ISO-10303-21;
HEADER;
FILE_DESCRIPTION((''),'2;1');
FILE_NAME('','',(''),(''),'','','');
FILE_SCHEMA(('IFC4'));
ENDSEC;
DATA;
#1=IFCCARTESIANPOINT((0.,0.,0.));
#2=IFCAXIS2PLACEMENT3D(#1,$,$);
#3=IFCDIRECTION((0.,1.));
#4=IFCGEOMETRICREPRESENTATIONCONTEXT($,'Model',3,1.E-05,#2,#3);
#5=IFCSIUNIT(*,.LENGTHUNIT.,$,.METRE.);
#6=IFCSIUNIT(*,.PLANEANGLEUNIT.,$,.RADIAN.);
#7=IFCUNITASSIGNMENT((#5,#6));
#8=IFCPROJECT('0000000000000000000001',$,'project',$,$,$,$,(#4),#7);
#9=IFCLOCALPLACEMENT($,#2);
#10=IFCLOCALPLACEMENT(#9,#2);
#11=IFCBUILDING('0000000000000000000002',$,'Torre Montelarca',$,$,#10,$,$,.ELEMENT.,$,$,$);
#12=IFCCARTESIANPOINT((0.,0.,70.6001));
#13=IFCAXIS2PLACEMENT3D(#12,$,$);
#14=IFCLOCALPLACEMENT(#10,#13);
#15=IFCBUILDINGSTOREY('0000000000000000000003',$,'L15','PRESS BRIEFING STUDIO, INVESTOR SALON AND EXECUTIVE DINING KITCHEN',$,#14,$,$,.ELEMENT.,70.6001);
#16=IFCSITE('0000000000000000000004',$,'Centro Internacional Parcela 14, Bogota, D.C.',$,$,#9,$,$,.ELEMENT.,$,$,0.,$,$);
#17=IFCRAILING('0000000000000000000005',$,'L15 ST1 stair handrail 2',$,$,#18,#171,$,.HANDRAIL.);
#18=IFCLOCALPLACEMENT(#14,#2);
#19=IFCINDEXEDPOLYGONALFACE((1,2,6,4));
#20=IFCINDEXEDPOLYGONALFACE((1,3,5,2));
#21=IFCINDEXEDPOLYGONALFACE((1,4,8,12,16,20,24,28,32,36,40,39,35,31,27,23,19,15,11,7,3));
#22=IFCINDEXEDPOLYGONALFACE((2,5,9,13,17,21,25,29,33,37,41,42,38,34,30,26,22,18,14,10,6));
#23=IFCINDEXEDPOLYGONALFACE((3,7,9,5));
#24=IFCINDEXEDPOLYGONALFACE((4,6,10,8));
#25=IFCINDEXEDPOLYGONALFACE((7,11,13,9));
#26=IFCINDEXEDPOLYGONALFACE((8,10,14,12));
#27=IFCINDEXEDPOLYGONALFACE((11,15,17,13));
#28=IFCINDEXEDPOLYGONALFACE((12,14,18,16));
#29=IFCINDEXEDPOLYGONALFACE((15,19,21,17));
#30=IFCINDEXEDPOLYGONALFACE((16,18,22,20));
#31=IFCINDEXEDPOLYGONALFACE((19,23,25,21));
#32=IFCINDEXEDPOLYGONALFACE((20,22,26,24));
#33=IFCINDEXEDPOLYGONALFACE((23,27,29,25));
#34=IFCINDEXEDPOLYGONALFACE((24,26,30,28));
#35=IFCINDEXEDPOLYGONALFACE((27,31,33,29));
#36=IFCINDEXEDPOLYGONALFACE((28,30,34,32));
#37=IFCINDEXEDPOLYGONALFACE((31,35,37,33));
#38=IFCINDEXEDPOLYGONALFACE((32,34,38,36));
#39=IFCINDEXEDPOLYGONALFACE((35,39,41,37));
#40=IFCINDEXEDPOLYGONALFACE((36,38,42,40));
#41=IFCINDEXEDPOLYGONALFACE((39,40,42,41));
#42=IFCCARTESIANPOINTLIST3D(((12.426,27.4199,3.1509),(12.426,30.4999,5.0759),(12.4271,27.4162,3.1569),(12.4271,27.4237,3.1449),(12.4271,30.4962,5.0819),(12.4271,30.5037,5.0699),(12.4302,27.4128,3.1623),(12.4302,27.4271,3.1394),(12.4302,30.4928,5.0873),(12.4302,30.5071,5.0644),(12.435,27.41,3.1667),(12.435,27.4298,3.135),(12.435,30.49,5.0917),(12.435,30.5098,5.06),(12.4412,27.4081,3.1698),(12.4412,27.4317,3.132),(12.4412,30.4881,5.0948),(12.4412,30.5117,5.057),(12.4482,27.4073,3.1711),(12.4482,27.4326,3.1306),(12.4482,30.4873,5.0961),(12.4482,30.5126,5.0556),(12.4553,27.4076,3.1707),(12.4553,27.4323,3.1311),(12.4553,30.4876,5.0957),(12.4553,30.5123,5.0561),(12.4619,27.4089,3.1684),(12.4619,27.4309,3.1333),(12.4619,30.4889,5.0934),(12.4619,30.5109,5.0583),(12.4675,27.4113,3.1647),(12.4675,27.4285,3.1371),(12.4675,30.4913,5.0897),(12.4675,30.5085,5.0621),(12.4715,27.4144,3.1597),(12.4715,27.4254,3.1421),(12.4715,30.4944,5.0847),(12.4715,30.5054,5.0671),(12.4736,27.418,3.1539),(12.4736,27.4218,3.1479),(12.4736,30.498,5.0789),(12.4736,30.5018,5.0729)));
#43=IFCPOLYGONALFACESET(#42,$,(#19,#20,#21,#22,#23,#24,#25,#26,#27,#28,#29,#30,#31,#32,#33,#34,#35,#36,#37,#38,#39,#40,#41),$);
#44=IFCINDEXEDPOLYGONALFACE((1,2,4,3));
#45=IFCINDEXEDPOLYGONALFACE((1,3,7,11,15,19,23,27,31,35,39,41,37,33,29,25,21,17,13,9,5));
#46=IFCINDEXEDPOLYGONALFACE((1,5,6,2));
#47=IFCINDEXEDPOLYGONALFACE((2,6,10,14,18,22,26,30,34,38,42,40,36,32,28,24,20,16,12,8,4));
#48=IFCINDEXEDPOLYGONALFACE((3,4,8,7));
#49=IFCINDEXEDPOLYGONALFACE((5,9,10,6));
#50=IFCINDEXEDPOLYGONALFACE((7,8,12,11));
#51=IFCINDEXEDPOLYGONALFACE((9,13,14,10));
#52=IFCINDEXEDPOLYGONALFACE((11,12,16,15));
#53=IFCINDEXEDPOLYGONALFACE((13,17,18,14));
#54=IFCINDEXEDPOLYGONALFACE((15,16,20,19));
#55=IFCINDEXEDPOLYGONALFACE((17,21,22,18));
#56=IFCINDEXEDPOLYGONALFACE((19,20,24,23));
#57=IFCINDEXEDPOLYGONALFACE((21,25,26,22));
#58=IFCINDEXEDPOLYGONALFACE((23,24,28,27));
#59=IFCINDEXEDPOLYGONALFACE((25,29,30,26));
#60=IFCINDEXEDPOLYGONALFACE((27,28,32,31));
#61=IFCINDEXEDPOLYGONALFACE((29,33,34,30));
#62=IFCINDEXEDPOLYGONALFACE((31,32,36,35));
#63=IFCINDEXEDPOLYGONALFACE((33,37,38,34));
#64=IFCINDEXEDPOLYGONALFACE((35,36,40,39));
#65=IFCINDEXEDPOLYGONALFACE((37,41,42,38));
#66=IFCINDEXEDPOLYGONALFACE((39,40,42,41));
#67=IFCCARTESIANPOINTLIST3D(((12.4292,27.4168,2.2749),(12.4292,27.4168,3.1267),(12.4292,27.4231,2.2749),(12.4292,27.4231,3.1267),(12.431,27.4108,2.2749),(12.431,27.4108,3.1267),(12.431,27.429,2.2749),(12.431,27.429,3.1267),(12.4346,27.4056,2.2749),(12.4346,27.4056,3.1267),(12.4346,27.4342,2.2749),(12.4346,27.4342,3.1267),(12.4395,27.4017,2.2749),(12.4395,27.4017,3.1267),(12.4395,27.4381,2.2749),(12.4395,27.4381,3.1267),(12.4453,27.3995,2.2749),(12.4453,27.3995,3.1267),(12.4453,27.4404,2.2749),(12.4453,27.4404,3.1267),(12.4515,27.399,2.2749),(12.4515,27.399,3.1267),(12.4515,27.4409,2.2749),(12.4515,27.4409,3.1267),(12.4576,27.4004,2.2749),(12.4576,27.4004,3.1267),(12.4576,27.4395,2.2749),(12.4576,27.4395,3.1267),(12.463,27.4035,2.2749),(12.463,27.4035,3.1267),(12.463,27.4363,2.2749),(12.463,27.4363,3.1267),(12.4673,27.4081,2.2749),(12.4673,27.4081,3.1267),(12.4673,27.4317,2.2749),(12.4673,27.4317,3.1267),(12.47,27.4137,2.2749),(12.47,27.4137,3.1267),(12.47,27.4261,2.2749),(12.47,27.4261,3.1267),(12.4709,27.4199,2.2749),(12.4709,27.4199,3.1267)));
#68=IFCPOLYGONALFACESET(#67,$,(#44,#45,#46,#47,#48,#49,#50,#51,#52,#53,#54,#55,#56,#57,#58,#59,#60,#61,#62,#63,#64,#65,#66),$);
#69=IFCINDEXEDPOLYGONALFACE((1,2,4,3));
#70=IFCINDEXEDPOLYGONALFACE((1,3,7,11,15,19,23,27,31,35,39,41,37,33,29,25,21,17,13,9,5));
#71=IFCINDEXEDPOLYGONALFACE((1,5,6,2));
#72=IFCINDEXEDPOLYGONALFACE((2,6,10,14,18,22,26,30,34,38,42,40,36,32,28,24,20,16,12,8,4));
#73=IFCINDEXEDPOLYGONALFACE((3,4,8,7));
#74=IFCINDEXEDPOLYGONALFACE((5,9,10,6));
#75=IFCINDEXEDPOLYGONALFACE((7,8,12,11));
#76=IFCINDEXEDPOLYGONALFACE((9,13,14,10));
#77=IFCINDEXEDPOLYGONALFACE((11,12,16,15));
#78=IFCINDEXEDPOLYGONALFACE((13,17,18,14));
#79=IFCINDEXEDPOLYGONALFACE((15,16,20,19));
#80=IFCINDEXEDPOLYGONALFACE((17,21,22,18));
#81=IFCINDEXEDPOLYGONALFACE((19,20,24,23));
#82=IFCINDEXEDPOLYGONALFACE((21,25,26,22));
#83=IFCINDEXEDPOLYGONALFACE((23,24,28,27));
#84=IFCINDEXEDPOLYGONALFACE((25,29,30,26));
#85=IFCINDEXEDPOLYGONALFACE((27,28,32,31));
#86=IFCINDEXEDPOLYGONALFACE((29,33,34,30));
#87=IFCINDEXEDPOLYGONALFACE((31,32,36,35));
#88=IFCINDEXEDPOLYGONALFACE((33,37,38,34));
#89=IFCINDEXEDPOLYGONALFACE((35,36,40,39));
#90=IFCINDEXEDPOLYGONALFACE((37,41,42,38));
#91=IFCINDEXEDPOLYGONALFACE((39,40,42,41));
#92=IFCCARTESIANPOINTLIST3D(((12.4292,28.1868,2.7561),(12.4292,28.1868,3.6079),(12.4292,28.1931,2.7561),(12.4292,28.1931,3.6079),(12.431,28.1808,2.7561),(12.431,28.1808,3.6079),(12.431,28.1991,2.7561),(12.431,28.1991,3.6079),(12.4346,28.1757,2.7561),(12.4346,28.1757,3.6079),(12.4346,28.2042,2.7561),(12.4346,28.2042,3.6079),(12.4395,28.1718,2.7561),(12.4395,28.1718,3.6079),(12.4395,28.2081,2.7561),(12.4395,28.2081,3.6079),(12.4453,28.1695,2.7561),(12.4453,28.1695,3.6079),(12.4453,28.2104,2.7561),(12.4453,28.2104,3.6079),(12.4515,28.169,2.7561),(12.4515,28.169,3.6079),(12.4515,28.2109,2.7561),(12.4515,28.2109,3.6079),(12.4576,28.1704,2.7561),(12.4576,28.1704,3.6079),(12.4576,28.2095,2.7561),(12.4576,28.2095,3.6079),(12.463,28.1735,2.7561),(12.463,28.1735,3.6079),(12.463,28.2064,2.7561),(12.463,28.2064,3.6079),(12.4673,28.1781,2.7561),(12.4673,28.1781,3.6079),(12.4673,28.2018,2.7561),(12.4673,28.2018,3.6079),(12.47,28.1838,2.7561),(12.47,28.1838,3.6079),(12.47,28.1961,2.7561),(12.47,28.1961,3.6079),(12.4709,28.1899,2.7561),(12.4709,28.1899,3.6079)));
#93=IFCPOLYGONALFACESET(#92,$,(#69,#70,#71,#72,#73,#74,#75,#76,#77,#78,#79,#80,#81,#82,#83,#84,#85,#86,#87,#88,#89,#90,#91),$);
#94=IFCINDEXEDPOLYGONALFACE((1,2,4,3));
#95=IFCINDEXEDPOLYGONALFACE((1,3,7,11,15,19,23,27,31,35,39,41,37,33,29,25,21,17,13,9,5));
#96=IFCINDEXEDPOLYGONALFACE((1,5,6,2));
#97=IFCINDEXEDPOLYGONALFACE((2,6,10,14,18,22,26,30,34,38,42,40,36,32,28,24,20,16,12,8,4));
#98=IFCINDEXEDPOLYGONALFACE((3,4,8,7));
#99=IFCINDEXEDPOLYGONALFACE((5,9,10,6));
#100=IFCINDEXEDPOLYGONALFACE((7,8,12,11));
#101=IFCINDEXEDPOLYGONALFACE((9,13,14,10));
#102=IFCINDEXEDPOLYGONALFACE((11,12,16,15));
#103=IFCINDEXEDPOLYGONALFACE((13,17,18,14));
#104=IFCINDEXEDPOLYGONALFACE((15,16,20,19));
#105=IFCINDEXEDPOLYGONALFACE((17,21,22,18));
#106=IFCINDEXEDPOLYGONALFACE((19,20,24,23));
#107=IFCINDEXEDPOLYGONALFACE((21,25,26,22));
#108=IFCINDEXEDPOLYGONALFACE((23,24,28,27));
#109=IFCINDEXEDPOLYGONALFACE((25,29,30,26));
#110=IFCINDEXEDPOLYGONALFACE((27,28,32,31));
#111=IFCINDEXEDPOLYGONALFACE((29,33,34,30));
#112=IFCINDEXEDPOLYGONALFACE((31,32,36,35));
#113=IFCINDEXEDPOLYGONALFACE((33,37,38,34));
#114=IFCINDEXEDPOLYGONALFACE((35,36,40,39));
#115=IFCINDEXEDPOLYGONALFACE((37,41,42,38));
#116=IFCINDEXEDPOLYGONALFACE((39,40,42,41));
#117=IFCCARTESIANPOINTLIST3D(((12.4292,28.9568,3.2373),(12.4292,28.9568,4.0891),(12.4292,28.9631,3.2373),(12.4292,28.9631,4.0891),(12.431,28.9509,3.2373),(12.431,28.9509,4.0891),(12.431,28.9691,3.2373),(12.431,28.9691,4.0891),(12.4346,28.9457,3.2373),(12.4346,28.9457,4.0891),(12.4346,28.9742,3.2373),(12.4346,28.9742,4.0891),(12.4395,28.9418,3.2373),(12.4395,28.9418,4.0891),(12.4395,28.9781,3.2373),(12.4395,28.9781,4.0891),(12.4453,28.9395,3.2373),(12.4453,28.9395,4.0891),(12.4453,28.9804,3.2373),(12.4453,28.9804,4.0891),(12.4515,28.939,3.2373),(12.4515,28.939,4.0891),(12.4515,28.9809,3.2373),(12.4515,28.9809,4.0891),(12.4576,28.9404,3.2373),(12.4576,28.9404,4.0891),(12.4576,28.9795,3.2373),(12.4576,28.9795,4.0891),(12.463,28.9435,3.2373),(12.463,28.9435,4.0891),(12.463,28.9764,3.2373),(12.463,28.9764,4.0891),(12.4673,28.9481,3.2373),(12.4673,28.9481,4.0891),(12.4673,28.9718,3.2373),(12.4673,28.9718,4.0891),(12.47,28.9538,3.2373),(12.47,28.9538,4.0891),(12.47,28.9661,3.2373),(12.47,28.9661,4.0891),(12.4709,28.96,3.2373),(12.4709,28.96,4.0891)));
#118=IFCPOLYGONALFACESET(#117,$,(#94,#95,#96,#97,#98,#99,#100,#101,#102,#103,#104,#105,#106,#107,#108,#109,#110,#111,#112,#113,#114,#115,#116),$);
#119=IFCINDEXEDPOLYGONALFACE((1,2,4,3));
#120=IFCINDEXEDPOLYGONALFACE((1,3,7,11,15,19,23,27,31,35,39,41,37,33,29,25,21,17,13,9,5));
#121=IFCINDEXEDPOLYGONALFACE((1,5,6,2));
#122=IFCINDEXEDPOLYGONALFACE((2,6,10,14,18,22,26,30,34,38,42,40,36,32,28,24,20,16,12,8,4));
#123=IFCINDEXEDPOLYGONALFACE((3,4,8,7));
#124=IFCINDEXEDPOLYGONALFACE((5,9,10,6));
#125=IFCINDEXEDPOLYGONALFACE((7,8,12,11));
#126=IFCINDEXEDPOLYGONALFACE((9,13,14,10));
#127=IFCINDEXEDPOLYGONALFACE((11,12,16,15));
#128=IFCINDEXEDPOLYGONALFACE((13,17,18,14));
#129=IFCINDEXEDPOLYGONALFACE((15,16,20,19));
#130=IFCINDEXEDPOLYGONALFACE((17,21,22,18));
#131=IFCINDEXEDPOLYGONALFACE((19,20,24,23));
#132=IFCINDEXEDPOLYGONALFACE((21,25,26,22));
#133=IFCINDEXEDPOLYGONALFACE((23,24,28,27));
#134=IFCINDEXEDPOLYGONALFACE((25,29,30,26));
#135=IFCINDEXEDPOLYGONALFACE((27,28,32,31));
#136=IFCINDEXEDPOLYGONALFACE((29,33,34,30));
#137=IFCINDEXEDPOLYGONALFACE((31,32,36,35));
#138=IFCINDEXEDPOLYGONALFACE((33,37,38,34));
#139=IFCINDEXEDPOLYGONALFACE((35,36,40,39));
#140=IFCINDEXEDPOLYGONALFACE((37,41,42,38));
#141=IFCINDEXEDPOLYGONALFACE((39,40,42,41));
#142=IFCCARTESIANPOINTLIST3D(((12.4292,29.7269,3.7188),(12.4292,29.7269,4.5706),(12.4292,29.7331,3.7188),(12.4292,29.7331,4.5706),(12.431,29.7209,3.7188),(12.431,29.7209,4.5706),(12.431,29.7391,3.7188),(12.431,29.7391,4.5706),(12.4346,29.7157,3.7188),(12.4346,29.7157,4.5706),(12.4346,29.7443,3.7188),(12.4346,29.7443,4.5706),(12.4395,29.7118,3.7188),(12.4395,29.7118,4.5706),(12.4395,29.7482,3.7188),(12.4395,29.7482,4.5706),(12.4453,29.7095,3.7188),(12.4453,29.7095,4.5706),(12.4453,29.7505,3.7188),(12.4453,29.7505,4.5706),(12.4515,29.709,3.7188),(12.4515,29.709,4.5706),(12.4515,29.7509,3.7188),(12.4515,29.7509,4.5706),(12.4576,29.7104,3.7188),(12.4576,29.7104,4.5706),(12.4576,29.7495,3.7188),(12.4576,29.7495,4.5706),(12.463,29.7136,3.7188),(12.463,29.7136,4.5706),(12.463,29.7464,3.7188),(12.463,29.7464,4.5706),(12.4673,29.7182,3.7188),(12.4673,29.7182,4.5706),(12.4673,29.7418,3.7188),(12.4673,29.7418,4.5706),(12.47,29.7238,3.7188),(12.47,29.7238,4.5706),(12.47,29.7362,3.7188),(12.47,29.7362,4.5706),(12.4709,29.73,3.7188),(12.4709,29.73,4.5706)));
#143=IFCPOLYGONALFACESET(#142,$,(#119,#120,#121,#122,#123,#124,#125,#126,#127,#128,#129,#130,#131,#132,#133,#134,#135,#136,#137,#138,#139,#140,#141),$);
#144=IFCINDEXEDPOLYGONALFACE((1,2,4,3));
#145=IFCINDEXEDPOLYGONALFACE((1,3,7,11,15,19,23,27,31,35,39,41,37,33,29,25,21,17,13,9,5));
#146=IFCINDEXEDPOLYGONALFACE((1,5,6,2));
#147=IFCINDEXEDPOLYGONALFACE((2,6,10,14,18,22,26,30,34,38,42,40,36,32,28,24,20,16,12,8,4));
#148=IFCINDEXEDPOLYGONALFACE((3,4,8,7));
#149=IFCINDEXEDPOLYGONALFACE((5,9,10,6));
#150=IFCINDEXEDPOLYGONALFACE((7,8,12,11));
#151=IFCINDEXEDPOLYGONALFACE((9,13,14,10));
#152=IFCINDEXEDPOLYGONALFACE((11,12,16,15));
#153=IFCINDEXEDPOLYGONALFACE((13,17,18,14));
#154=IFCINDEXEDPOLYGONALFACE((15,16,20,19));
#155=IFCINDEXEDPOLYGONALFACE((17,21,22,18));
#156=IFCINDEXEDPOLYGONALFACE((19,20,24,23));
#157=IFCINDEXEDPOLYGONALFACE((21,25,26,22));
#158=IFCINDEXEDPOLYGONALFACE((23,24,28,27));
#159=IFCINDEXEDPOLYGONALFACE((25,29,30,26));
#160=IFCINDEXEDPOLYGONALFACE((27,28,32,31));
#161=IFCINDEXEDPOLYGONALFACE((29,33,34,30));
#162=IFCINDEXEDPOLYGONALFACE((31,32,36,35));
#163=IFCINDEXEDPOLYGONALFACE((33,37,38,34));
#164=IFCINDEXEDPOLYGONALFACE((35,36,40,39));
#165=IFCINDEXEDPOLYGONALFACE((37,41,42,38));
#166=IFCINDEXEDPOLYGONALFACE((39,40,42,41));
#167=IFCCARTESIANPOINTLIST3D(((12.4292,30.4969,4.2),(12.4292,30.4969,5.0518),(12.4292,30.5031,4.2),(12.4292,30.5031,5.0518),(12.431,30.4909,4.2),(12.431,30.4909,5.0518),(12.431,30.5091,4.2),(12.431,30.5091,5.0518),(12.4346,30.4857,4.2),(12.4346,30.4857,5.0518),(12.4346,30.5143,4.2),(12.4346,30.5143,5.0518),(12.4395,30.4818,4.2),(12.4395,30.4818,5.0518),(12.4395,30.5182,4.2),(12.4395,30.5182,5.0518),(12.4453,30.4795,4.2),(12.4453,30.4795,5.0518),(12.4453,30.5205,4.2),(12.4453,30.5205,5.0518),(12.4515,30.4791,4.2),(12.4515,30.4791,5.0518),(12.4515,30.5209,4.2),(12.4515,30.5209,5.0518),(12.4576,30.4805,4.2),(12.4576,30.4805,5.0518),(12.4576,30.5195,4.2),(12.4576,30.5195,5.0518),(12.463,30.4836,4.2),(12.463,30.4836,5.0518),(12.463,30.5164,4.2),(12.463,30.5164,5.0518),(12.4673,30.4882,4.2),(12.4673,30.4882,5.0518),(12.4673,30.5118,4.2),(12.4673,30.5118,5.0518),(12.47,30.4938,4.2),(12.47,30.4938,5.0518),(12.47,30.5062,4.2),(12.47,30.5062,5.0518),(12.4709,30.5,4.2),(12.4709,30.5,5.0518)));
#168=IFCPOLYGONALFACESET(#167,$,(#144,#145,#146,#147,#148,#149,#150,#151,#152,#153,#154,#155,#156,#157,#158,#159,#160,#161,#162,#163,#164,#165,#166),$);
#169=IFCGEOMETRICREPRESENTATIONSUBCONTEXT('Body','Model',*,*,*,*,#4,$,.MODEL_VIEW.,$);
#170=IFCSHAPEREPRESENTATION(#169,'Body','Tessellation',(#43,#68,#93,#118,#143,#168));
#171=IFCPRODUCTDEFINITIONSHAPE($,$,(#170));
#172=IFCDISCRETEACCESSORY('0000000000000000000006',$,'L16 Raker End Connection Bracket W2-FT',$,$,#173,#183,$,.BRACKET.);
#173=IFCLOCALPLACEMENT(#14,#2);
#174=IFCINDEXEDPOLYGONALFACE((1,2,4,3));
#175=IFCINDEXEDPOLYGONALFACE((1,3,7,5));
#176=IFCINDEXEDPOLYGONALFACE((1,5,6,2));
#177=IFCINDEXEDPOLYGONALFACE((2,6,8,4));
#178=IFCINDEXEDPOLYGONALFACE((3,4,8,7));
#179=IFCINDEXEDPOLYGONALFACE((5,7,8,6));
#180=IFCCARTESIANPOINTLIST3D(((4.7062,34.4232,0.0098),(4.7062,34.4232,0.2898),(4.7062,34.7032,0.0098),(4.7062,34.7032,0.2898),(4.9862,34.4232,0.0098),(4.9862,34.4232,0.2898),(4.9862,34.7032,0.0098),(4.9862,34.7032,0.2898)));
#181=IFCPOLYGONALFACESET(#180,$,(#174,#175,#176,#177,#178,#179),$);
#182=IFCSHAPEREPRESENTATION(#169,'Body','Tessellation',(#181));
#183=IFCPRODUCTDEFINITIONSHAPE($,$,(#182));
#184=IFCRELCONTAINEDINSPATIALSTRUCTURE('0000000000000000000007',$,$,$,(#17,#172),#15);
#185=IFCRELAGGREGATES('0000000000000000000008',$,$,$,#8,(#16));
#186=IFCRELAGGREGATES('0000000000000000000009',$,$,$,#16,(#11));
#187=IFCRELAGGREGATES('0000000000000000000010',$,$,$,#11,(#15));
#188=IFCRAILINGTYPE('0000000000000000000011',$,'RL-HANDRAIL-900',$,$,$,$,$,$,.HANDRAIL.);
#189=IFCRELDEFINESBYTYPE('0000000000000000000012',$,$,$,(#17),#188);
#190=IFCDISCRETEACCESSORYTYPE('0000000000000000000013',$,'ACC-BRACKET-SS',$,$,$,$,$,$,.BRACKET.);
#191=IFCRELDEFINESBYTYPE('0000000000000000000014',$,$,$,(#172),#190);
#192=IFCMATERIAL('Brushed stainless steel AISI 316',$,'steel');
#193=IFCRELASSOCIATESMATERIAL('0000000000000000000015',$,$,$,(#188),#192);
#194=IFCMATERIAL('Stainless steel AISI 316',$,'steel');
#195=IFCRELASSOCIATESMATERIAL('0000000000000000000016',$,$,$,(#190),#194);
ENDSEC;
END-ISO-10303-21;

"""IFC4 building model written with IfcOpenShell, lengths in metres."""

from ifc_helpers import new_model, si_unit, direction, frame, origin, origin_2d, place, context, subcontext, project, spatial, rectangle, circle, extrude, source, transform, mapped, material, type_object, element, save


model = new_model("IFC4")

# Units and contexts
model_context = context("Model", 3, precision=1e-05, world=origin(), true_north=direction((0.0, 1.0)))
body_context = subcontext(model_context, "Body", "Model", "MODEL_VIEW")
ifc_project = project(units=[si_unit("LENGTHUNIT", "METRE"), si_unit("PLANEANGLEUNIT", "RADIAN")], contexts=[model_context])

# Site, building, storey
site_placement = place(None, origin())
site = spatial("IfcSite", under=ifc_project, at=site_placement, Name="Centro Internacional Parcela 14, Bogota, D.C.", CompositionType="ELEMENT", RefElevation=0.0)
building_placement = place(site_placement, origin())
building = spatial("IfcBuilding", under=site, at=building_placement, Name="Torre Montelarca", CompositionType="ELEMENT")
storey_placement = place(building_placement, frame((0.0, 0.0, 70.6001)))
storey = spatial("IfcBuildingStorey", under=building, at=storey_placement, Name="L15", Description="PRESS BRIEFING STUDIO, INVESTOR SALON AND EXECUTIVE DINING KITCHEN", CompositionType="ELEMENT", Elevation=70.6001)

# Shared definitions
ifc_material_1 = material(Name="Brushed stainless steel AISI 316", Category="steel")

# Railing
railing_type_1 = type_object("IfcRailingType", Name="RL-HANDRAIL-900", PredefinedType="HANDRAIL", material=ifc_material_1)
railing_1_placement = place(storey_placement, frame((12.45, 27.4199, 2.2749)))
element("IfcRailing", 1, at=railing_1_placement, inside=storey, type_object=railing_type_1, Name="L15 ST1 stair handrail 2", PredefinedType="HANDRAIL", context=body_context, shape_type="SweptSolid", body=[
    extrude(circle(Radius=0.0239, at=origin_2d()), frame((0.0, 0.0, 0.876), z_axis=(0.0, 0.847998, 0.529999), x_axis=(-1.0, 0.0, 0.0)), (0.0, 0.0, 1.0), 3.6321),
    extrude(circle(Radius=0.021, at=origin_2d()), origin(), (0.0, 0.0, 1.0), 0.8518),
    extrude(circle(Radius=0.021, at=origin_2d()), frame((0.0, 0.77, 0.4812)), (0.0, 0.0, 1.0), 0.8518),
    extrude(circle(Radius=0.021, at=origin_2d()), frame((0.0, 1.54, 0.9624)), (0.0, 0.0, 1.0), 0.8518),
    extrude(circle(Radius=0.021, at=origin_2d()), frame((0.0, 2.3101, 1.4438)), (0.0, 0.0, 1.0), 0.8518),
    extrude(circle(Radius=0.021, at=origin_2d()), frame((0.0, 3.0801, 1.925)), (0.0, 0.0, 1.0), 0.8518),
])

# Discrete accessory
ifc_material_2 = material(Name="Stainless steel AISI 316", Category="steel")
discrete_accessory_type = type_object("IfcDiscreteAccessoryType", Name="ACC-BRACKET-SS", PredefinedType="BRACKET", material=ifc_material_2)
shared_shape_1 = source(origin(), body_context, "Body", "SweptSolid", [
    extrude(rectangle(XDim=0.28, YDim=0.28, at=origin_2d()), origin(), (0.0, 0.0, 1.0), 0.28),
])
discrete_accessory_placement = place(storey_placement, frame((4.8462, 34.5632, 0.0098), z_axis=(0.0, 0.0, 1.0), x_axis=(1.0, 0.0, 0.0)))
element("IfcDiscreteAccessory", 2, at=discrete_accessory_placement, inside=storey, type_object=discrete_accessory_type, Name="L16 Raker End Connection Bracket W2-FT", PredefinedType="BRACKET", context=body_context, shape_type="MappedRepresentation", body=[
    mapped(shared_shape_1, transform((0.0, 0.0, 0.0), scale=1.0)),
])

save(model, "model.ifc")
